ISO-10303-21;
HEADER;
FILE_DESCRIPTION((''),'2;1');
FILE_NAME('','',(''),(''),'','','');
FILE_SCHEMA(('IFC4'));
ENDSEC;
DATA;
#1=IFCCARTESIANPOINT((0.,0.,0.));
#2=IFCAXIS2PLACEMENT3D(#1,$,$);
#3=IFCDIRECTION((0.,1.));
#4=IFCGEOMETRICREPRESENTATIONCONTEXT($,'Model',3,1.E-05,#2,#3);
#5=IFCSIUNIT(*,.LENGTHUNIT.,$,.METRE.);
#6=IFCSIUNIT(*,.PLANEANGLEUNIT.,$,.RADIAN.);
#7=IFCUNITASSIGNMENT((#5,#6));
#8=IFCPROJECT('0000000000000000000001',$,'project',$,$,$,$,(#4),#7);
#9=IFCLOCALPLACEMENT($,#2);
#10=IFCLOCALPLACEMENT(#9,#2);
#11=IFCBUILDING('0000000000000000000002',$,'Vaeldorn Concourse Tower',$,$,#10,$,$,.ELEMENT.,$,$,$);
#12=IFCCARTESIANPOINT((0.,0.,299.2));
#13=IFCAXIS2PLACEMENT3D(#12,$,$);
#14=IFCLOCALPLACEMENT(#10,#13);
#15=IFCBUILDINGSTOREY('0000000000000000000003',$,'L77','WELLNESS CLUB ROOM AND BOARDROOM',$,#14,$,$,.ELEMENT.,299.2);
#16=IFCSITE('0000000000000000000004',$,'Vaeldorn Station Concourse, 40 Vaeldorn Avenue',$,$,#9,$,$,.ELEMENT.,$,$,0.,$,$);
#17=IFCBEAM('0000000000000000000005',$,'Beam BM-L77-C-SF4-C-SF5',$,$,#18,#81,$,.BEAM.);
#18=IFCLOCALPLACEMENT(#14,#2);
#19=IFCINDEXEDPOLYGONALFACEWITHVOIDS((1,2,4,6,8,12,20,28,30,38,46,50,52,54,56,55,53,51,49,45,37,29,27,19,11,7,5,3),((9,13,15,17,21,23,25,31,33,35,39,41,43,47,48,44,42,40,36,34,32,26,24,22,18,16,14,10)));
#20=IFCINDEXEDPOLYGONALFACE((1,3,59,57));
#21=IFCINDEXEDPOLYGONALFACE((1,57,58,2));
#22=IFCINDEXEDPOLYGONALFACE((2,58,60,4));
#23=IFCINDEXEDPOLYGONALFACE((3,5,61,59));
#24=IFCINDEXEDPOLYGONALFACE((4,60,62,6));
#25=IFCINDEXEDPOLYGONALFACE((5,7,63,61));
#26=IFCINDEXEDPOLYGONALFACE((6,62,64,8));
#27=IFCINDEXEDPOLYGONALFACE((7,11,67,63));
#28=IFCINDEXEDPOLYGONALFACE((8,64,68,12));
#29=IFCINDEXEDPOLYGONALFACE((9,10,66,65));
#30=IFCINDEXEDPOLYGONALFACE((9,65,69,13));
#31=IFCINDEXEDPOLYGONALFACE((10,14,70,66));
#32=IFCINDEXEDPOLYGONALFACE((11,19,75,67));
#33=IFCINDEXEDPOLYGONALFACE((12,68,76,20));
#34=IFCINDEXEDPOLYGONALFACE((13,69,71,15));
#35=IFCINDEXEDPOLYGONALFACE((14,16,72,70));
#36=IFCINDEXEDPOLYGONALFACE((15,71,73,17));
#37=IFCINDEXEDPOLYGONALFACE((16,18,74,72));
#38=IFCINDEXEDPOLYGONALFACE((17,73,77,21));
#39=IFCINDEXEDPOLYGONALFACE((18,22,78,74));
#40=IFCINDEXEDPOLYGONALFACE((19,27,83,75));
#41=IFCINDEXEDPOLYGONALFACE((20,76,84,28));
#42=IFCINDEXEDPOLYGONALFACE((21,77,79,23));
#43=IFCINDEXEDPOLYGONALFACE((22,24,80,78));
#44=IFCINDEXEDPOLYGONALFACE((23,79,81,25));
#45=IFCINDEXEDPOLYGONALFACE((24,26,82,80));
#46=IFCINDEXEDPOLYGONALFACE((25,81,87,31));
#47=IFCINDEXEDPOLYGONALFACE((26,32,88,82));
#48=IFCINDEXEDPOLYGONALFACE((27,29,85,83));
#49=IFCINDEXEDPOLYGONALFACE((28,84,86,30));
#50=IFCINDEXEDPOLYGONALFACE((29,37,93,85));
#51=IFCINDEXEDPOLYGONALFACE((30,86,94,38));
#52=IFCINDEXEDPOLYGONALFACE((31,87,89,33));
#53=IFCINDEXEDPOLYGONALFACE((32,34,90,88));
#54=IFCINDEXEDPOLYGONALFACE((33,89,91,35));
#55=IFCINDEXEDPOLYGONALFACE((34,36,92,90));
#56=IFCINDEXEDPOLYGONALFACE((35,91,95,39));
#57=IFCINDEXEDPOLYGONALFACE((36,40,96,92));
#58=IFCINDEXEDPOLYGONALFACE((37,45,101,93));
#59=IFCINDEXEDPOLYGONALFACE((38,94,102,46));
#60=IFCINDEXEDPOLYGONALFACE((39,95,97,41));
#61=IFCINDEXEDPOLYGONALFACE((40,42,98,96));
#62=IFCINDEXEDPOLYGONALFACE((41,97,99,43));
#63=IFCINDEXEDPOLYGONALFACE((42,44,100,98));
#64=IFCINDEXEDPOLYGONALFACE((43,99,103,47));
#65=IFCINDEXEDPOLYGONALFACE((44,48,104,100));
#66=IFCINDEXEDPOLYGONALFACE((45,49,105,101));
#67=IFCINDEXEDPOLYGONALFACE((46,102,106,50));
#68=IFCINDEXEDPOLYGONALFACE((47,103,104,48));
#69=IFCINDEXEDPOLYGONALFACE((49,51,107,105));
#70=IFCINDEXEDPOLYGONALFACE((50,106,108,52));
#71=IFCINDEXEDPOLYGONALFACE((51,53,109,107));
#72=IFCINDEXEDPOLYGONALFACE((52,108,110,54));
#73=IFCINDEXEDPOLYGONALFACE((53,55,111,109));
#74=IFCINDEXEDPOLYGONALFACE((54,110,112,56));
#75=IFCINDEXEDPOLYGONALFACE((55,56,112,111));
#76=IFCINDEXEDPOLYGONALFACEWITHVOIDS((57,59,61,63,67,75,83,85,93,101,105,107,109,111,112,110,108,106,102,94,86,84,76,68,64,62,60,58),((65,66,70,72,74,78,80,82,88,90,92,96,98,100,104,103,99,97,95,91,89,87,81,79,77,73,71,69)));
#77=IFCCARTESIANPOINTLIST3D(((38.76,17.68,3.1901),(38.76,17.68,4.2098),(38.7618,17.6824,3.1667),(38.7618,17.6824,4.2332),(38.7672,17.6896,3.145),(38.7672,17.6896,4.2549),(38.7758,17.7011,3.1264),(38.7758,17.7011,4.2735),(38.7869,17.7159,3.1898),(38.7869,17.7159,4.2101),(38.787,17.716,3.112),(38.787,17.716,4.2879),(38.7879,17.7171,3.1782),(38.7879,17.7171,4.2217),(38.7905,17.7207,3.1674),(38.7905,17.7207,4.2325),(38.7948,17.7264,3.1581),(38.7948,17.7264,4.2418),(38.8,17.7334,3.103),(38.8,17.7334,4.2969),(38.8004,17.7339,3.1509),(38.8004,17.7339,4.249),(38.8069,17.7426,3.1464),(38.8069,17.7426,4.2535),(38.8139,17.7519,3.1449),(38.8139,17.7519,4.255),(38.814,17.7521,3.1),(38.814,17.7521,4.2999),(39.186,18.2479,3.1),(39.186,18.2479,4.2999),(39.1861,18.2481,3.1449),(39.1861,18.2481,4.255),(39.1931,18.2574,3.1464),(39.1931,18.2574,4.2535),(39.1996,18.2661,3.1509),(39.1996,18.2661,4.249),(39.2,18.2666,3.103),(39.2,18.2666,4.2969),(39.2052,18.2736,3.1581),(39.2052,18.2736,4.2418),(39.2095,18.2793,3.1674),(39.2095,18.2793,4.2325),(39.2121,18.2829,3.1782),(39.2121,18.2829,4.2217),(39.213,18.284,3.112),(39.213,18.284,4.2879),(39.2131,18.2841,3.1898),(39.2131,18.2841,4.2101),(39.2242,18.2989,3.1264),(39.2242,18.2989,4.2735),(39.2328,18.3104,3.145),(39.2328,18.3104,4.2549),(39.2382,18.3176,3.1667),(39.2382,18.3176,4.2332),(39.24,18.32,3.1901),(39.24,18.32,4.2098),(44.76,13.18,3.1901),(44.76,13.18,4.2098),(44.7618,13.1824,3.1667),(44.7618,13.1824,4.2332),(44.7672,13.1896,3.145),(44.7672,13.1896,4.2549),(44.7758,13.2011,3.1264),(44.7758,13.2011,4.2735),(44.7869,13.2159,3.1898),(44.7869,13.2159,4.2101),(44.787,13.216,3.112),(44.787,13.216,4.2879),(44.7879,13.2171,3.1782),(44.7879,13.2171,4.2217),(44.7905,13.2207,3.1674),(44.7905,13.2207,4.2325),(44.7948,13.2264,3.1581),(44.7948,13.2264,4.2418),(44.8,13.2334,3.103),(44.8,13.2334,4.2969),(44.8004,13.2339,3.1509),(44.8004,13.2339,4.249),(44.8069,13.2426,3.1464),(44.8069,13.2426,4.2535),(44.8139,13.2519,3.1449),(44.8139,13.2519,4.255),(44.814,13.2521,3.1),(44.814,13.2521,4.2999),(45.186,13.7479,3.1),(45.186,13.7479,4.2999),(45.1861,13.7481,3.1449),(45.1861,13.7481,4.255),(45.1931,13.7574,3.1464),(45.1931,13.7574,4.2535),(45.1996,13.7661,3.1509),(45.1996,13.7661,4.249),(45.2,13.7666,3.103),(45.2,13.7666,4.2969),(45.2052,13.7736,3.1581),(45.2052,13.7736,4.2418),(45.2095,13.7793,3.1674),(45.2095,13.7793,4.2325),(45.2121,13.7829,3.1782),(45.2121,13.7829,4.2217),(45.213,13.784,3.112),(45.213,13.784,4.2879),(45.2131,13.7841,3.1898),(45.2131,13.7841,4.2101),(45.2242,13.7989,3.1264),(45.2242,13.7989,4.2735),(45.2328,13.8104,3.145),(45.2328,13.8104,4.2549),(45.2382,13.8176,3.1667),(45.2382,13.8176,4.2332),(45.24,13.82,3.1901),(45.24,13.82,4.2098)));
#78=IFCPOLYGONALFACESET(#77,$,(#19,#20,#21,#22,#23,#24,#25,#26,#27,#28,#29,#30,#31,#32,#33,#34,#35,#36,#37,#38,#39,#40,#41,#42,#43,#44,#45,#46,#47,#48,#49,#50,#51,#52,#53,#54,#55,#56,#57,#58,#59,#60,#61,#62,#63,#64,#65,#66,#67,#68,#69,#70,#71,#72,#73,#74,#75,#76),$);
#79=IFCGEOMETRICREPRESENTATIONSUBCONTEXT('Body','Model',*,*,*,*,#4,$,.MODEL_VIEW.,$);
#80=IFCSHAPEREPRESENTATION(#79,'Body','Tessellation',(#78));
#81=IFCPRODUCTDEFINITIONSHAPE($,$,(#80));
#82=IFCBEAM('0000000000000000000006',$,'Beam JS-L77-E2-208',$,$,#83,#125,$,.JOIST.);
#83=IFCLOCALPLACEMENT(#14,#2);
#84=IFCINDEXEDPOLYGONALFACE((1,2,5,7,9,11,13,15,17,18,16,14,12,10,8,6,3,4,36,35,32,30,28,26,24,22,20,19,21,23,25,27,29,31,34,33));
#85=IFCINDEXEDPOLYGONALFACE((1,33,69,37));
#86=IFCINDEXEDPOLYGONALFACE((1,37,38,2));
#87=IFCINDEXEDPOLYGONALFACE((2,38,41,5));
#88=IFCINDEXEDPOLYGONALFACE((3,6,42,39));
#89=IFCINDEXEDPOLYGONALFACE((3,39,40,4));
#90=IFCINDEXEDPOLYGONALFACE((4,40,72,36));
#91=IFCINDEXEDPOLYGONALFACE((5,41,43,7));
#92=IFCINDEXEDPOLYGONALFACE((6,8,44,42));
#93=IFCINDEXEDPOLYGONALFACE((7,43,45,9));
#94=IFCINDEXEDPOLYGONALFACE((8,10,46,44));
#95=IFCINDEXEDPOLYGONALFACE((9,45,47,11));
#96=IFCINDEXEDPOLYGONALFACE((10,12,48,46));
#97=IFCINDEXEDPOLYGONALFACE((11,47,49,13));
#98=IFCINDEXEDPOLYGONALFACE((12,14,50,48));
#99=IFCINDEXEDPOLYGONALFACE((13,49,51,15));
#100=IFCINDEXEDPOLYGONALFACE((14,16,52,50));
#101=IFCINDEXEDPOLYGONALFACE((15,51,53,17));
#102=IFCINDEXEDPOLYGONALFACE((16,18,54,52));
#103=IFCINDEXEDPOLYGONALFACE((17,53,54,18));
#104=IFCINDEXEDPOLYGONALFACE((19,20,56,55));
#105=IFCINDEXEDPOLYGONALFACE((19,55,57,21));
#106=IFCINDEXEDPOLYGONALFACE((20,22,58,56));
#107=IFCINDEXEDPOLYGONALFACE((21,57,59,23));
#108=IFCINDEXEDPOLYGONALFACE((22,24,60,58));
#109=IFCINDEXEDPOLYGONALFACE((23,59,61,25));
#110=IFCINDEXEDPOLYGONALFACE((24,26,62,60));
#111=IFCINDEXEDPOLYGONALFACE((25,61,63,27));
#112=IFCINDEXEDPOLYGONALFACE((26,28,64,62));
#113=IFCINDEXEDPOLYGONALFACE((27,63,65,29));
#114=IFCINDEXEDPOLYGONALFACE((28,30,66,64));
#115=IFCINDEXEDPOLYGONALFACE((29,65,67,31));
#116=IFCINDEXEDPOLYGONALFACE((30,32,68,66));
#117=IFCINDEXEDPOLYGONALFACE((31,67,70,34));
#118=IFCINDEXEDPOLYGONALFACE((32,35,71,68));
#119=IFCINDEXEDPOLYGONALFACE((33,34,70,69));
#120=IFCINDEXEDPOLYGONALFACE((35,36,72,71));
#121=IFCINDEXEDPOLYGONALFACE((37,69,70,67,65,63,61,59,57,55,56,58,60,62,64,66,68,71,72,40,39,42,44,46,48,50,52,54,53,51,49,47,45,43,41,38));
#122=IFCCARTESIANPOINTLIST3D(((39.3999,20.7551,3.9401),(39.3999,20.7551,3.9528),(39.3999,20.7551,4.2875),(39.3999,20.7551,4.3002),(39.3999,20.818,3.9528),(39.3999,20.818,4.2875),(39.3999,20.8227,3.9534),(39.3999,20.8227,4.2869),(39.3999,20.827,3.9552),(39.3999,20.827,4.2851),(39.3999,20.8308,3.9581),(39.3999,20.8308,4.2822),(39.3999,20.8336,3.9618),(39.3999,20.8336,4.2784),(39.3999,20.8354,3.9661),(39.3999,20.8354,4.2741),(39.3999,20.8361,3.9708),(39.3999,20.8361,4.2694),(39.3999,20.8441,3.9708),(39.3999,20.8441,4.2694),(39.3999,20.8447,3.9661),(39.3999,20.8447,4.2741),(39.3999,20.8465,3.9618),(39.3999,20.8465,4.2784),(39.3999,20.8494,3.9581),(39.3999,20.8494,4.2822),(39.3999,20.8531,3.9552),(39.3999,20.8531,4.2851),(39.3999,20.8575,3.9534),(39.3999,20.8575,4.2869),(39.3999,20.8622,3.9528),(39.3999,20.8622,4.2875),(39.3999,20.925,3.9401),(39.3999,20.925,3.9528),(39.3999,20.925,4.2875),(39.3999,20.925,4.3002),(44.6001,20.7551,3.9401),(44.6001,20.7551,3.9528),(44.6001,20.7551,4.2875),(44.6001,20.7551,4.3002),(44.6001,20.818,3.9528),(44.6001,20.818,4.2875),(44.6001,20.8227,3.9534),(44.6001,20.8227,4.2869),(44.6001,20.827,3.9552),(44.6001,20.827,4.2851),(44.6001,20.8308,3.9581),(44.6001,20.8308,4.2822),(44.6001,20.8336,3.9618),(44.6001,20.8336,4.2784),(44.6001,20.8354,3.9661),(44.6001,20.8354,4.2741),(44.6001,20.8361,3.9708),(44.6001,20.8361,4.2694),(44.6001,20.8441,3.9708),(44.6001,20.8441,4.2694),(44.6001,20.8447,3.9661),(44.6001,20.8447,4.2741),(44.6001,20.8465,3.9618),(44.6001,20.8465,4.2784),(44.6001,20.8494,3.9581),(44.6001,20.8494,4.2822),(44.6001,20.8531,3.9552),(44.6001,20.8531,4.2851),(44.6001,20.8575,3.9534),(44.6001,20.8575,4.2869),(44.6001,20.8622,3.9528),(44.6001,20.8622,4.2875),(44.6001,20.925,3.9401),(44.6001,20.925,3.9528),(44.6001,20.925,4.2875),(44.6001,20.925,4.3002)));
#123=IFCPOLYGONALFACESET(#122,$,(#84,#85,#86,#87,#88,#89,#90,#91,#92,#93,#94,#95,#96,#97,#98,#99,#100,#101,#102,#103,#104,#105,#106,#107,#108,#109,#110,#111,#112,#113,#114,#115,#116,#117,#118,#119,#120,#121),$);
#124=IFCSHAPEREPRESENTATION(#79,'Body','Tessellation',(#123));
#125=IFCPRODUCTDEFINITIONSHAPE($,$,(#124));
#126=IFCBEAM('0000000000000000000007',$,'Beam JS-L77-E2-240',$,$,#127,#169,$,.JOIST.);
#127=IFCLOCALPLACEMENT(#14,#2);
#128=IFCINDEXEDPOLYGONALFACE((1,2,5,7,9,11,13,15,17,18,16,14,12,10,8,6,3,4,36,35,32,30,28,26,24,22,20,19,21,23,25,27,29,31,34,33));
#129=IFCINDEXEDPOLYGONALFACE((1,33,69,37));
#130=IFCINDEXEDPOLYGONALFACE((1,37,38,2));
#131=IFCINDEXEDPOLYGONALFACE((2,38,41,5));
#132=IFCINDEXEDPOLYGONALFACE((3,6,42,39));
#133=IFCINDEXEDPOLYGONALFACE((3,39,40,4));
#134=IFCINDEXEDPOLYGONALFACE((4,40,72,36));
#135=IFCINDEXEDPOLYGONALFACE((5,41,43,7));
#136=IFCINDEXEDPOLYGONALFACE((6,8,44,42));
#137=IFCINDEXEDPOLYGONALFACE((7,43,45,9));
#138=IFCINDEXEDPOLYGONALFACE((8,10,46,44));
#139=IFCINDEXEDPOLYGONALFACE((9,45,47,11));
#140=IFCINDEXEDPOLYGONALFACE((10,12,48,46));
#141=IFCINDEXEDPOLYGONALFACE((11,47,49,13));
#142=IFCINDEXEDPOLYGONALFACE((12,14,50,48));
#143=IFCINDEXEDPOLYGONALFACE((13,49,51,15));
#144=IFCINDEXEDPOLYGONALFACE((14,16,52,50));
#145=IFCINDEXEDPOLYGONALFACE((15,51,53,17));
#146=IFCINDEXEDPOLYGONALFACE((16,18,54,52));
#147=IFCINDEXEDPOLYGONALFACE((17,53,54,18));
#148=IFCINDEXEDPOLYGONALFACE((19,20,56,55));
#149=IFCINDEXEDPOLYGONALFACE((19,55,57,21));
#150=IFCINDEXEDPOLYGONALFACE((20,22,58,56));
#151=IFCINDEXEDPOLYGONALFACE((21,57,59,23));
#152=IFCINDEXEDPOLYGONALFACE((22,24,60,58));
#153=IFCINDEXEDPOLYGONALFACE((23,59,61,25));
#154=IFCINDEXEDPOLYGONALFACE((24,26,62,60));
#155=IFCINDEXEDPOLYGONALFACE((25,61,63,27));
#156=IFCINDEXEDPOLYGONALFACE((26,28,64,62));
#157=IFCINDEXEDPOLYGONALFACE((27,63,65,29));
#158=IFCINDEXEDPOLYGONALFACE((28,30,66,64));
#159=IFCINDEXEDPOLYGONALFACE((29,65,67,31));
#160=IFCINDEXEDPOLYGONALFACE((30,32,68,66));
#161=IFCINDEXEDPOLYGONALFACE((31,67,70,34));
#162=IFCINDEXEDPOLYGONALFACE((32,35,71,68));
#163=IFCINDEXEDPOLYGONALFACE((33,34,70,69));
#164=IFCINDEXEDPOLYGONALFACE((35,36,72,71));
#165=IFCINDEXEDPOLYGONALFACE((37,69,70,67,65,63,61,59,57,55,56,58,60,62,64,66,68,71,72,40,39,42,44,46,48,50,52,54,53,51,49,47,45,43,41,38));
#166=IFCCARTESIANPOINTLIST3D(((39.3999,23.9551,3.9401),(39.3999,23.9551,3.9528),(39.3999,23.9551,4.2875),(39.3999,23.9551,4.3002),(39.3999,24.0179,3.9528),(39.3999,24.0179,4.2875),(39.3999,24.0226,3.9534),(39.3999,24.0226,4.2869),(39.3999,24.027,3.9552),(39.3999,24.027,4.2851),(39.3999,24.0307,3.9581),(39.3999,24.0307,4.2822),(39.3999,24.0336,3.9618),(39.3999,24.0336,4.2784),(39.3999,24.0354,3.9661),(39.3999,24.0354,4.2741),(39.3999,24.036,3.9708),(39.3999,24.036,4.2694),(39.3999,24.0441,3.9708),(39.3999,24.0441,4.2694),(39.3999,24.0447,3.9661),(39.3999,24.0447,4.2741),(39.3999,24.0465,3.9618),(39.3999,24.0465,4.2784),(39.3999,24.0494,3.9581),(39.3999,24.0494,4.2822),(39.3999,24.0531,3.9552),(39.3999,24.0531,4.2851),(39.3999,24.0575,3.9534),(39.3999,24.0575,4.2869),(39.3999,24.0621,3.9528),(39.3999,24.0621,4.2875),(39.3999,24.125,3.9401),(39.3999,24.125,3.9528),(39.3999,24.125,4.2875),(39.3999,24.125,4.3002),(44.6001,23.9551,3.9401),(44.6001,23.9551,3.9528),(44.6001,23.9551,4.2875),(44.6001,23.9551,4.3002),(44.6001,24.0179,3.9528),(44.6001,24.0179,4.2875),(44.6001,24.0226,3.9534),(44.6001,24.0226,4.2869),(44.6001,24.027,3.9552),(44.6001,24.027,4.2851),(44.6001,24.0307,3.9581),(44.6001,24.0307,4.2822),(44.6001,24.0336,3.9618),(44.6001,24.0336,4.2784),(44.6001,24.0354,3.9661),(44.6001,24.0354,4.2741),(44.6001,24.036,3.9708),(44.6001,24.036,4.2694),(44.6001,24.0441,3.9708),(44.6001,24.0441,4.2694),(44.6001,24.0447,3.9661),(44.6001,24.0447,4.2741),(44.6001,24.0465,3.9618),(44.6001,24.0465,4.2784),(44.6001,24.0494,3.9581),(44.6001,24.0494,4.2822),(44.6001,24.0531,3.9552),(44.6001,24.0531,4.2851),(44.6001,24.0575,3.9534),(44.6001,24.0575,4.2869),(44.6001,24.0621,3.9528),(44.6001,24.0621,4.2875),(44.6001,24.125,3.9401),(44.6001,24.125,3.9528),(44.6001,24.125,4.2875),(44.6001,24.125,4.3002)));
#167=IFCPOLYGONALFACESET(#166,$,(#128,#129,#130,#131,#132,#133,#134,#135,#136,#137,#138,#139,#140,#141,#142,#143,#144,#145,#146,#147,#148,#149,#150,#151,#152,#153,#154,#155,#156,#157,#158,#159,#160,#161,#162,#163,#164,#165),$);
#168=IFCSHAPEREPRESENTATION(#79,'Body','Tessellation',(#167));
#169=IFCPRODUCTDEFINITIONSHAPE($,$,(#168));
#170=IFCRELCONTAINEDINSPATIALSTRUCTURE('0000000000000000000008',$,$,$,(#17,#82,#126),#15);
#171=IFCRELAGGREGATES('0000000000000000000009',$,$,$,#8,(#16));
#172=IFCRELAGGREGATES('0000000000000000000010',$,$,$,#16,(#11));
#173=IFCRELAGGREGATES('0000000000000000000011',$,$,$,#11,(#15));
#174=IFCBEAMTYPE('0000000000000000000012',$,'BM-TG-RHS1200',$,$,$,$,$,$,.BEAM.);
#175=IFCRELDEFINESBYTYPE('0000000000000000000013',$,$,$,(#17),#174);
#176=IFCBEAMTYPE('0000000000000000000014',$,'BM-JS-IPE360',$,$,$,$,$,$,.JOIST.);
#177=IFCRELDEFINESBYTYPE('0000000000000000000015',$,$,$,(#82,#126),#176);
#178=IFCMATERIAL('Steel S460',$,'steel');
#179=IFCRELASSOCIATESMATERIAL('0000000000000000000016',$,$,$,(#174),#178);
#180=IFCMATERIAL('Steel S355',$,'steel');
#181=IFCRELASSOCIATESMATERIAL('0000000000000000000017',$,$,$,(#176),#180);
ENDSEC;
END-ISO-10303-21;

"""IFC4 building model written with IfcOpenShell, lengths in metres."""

from ifc_helpers import new_model, si_unit, direction, frame, origin, origin_2d, place, context, subcontext, project, spatial, hollow_rectangle, i_section, extrude, source, transform, mapped, material, material_profile, profile_set, type_object, element, save


model = new_model("IFC4")

# Units and contexts
model_context = context("Model", 3, precision=1e-05, world=origin(), true_north=direction((0.0, 1.0)))
body_context = subcontext(model_context, "Body", "Model", "MODEL_VIEW")
ifc_project = project(units=[si_unit("LENGTHUNIT", "METRE"), si_unit("PLANEANGLEUNIT", "RADIAN")], contexts=[model_context])

# Site, building, storey
site_placement = place(None, origin())
site = spatial("IfcSite", under=ifc_project, at=site_placement, Name="Vaeldorn Station Concourse, 40 Vaeldorn Avenue", CompositionType="ELEMENT", RefElevation=0.0)
building_placement = place(site_placement, origin())
building = spatial("IfcBuilding", under=site, at=building_placement, Name="Vaeldorn Concourse Tower", CompositionType="ELEMENT")
storey_placement = place(building_placement, frame((0.0, 0.0, 299.2)))
storey = spatial("IfcBuildingStorey", under=building, at=storey_placement, Name="L77", Description="WELLNESS CLUB ROOM AND BOARDROOM", CompositionType="ELEMENT", Elevation=299.2)

# Shared definitions
ifc_material_1 = material(Name="Steel S355", Category="steel")

# Beams
ifc_material_2 = material(Name="Steel S460", Category="steel")
ifc_material_profile_1 = material_profile(ifc_material_2, hollow_rectangle(XDim=0.8, YDim=1.2, WallThickness=0.0449, InnerFilletRadius=0.0449, OuterFilletRadius=0.0901, at=origin_2d()), Name="RHS 1200x800x45")
ifc_profile_set_1 = profile_set([ifc_material_profile_1], Name="Steel S460")
beam_type_1 = type_object("IfcBeamType", Name="BM-TG-RHS1200", PredefinedType="BEAM", material=ifc_profile_set_1)
shared_shape_1 = source(origin(), body_context, "Body", "SweptSolid", [
    extrude(hollow_rectangle(XDim=0.8, YDim=1.2, WallThickness=0.0449, InnerFilletRadius=0.0449, OuterFilletRadius=0.0901, at=origin_2d()), origin(), (0.0, 0.0, 1.0), 7.5),
])
beam_1_placement = place(storey_placement, frame((39.0, 18.0, 3.7), z_axis=(0.8, -0.6, 0.0), x_axis=(0.6, 0.8, 0.0)))
element("IfcBeam", 1, at=beam_1_placement, inside=storey, type_object=beam_type_1, Name="Beam BM-L77-C-SF4-C-SF5", PredefinedType="BEAM", context=body_context, shape_type="MappedRepresentation", body=[
    mapped(shared_shape_1, transform((0.0, 0.0, 0.0), scale=1.0)),
])
ifc_material_profile_2 = material_profile(ifc_material_1, i_section(OverallWidth=0.1699, OverallDepth=0.3601, WebThickness=0.0081, FlangeThickness=0.0127, FilletRadius=0.0181, at=origin_2d()), Name="IPE 360")
ifc_profile_set_2 = profile_set([ifc_material_profile_2], Name="Steel S355")
beam_type_2 = type_object("IfcBeamType", Name="BM-JS-IPE360", PredefinedType="JOIST", material=ifc_profile_set_2)
shared_shape_2 = source(origin(), body_context, "Body", "SweptSolid", [
    extrude(i_section(OverallWidth=0.1699, OverallDepth=0.3601, WebThickness=0.0081, FlangeThickness=0.0127, FilletRadius=0.0181, at=origin_2d()), origin(), (0.0, 0.0, 1.0), 5.2002),
])
for number, where, z_axis, x_axis, name in (
    (2, (39.3999, 20.8401, 4.1201), (1.0, 0.0, 0.0), (0.0, 1.0, 0.0), "Beam JS-L77-E2-208"),
    (3, (39.3999, 24.04, 4.1201), (1.0, 0.0, 0.0), (0.0, 1.0, 0.0), "Beam JS-L77-E2-240"),
):
    element("IfcBeam", number, at=place(storey_placement, frame(where, z_axis=z_axis, x_axis=x_axis)), inside=storey, type_object=beam_type_2, Name=name, PredefinedType="JOIST", context=body_context, shape_type="MappedRepresentation", body=[
        mapped(shared_shape_2, transform((0.0, 0.0, 0.0), scale=1.0)),
    ])

save(model, "model.ifc")
